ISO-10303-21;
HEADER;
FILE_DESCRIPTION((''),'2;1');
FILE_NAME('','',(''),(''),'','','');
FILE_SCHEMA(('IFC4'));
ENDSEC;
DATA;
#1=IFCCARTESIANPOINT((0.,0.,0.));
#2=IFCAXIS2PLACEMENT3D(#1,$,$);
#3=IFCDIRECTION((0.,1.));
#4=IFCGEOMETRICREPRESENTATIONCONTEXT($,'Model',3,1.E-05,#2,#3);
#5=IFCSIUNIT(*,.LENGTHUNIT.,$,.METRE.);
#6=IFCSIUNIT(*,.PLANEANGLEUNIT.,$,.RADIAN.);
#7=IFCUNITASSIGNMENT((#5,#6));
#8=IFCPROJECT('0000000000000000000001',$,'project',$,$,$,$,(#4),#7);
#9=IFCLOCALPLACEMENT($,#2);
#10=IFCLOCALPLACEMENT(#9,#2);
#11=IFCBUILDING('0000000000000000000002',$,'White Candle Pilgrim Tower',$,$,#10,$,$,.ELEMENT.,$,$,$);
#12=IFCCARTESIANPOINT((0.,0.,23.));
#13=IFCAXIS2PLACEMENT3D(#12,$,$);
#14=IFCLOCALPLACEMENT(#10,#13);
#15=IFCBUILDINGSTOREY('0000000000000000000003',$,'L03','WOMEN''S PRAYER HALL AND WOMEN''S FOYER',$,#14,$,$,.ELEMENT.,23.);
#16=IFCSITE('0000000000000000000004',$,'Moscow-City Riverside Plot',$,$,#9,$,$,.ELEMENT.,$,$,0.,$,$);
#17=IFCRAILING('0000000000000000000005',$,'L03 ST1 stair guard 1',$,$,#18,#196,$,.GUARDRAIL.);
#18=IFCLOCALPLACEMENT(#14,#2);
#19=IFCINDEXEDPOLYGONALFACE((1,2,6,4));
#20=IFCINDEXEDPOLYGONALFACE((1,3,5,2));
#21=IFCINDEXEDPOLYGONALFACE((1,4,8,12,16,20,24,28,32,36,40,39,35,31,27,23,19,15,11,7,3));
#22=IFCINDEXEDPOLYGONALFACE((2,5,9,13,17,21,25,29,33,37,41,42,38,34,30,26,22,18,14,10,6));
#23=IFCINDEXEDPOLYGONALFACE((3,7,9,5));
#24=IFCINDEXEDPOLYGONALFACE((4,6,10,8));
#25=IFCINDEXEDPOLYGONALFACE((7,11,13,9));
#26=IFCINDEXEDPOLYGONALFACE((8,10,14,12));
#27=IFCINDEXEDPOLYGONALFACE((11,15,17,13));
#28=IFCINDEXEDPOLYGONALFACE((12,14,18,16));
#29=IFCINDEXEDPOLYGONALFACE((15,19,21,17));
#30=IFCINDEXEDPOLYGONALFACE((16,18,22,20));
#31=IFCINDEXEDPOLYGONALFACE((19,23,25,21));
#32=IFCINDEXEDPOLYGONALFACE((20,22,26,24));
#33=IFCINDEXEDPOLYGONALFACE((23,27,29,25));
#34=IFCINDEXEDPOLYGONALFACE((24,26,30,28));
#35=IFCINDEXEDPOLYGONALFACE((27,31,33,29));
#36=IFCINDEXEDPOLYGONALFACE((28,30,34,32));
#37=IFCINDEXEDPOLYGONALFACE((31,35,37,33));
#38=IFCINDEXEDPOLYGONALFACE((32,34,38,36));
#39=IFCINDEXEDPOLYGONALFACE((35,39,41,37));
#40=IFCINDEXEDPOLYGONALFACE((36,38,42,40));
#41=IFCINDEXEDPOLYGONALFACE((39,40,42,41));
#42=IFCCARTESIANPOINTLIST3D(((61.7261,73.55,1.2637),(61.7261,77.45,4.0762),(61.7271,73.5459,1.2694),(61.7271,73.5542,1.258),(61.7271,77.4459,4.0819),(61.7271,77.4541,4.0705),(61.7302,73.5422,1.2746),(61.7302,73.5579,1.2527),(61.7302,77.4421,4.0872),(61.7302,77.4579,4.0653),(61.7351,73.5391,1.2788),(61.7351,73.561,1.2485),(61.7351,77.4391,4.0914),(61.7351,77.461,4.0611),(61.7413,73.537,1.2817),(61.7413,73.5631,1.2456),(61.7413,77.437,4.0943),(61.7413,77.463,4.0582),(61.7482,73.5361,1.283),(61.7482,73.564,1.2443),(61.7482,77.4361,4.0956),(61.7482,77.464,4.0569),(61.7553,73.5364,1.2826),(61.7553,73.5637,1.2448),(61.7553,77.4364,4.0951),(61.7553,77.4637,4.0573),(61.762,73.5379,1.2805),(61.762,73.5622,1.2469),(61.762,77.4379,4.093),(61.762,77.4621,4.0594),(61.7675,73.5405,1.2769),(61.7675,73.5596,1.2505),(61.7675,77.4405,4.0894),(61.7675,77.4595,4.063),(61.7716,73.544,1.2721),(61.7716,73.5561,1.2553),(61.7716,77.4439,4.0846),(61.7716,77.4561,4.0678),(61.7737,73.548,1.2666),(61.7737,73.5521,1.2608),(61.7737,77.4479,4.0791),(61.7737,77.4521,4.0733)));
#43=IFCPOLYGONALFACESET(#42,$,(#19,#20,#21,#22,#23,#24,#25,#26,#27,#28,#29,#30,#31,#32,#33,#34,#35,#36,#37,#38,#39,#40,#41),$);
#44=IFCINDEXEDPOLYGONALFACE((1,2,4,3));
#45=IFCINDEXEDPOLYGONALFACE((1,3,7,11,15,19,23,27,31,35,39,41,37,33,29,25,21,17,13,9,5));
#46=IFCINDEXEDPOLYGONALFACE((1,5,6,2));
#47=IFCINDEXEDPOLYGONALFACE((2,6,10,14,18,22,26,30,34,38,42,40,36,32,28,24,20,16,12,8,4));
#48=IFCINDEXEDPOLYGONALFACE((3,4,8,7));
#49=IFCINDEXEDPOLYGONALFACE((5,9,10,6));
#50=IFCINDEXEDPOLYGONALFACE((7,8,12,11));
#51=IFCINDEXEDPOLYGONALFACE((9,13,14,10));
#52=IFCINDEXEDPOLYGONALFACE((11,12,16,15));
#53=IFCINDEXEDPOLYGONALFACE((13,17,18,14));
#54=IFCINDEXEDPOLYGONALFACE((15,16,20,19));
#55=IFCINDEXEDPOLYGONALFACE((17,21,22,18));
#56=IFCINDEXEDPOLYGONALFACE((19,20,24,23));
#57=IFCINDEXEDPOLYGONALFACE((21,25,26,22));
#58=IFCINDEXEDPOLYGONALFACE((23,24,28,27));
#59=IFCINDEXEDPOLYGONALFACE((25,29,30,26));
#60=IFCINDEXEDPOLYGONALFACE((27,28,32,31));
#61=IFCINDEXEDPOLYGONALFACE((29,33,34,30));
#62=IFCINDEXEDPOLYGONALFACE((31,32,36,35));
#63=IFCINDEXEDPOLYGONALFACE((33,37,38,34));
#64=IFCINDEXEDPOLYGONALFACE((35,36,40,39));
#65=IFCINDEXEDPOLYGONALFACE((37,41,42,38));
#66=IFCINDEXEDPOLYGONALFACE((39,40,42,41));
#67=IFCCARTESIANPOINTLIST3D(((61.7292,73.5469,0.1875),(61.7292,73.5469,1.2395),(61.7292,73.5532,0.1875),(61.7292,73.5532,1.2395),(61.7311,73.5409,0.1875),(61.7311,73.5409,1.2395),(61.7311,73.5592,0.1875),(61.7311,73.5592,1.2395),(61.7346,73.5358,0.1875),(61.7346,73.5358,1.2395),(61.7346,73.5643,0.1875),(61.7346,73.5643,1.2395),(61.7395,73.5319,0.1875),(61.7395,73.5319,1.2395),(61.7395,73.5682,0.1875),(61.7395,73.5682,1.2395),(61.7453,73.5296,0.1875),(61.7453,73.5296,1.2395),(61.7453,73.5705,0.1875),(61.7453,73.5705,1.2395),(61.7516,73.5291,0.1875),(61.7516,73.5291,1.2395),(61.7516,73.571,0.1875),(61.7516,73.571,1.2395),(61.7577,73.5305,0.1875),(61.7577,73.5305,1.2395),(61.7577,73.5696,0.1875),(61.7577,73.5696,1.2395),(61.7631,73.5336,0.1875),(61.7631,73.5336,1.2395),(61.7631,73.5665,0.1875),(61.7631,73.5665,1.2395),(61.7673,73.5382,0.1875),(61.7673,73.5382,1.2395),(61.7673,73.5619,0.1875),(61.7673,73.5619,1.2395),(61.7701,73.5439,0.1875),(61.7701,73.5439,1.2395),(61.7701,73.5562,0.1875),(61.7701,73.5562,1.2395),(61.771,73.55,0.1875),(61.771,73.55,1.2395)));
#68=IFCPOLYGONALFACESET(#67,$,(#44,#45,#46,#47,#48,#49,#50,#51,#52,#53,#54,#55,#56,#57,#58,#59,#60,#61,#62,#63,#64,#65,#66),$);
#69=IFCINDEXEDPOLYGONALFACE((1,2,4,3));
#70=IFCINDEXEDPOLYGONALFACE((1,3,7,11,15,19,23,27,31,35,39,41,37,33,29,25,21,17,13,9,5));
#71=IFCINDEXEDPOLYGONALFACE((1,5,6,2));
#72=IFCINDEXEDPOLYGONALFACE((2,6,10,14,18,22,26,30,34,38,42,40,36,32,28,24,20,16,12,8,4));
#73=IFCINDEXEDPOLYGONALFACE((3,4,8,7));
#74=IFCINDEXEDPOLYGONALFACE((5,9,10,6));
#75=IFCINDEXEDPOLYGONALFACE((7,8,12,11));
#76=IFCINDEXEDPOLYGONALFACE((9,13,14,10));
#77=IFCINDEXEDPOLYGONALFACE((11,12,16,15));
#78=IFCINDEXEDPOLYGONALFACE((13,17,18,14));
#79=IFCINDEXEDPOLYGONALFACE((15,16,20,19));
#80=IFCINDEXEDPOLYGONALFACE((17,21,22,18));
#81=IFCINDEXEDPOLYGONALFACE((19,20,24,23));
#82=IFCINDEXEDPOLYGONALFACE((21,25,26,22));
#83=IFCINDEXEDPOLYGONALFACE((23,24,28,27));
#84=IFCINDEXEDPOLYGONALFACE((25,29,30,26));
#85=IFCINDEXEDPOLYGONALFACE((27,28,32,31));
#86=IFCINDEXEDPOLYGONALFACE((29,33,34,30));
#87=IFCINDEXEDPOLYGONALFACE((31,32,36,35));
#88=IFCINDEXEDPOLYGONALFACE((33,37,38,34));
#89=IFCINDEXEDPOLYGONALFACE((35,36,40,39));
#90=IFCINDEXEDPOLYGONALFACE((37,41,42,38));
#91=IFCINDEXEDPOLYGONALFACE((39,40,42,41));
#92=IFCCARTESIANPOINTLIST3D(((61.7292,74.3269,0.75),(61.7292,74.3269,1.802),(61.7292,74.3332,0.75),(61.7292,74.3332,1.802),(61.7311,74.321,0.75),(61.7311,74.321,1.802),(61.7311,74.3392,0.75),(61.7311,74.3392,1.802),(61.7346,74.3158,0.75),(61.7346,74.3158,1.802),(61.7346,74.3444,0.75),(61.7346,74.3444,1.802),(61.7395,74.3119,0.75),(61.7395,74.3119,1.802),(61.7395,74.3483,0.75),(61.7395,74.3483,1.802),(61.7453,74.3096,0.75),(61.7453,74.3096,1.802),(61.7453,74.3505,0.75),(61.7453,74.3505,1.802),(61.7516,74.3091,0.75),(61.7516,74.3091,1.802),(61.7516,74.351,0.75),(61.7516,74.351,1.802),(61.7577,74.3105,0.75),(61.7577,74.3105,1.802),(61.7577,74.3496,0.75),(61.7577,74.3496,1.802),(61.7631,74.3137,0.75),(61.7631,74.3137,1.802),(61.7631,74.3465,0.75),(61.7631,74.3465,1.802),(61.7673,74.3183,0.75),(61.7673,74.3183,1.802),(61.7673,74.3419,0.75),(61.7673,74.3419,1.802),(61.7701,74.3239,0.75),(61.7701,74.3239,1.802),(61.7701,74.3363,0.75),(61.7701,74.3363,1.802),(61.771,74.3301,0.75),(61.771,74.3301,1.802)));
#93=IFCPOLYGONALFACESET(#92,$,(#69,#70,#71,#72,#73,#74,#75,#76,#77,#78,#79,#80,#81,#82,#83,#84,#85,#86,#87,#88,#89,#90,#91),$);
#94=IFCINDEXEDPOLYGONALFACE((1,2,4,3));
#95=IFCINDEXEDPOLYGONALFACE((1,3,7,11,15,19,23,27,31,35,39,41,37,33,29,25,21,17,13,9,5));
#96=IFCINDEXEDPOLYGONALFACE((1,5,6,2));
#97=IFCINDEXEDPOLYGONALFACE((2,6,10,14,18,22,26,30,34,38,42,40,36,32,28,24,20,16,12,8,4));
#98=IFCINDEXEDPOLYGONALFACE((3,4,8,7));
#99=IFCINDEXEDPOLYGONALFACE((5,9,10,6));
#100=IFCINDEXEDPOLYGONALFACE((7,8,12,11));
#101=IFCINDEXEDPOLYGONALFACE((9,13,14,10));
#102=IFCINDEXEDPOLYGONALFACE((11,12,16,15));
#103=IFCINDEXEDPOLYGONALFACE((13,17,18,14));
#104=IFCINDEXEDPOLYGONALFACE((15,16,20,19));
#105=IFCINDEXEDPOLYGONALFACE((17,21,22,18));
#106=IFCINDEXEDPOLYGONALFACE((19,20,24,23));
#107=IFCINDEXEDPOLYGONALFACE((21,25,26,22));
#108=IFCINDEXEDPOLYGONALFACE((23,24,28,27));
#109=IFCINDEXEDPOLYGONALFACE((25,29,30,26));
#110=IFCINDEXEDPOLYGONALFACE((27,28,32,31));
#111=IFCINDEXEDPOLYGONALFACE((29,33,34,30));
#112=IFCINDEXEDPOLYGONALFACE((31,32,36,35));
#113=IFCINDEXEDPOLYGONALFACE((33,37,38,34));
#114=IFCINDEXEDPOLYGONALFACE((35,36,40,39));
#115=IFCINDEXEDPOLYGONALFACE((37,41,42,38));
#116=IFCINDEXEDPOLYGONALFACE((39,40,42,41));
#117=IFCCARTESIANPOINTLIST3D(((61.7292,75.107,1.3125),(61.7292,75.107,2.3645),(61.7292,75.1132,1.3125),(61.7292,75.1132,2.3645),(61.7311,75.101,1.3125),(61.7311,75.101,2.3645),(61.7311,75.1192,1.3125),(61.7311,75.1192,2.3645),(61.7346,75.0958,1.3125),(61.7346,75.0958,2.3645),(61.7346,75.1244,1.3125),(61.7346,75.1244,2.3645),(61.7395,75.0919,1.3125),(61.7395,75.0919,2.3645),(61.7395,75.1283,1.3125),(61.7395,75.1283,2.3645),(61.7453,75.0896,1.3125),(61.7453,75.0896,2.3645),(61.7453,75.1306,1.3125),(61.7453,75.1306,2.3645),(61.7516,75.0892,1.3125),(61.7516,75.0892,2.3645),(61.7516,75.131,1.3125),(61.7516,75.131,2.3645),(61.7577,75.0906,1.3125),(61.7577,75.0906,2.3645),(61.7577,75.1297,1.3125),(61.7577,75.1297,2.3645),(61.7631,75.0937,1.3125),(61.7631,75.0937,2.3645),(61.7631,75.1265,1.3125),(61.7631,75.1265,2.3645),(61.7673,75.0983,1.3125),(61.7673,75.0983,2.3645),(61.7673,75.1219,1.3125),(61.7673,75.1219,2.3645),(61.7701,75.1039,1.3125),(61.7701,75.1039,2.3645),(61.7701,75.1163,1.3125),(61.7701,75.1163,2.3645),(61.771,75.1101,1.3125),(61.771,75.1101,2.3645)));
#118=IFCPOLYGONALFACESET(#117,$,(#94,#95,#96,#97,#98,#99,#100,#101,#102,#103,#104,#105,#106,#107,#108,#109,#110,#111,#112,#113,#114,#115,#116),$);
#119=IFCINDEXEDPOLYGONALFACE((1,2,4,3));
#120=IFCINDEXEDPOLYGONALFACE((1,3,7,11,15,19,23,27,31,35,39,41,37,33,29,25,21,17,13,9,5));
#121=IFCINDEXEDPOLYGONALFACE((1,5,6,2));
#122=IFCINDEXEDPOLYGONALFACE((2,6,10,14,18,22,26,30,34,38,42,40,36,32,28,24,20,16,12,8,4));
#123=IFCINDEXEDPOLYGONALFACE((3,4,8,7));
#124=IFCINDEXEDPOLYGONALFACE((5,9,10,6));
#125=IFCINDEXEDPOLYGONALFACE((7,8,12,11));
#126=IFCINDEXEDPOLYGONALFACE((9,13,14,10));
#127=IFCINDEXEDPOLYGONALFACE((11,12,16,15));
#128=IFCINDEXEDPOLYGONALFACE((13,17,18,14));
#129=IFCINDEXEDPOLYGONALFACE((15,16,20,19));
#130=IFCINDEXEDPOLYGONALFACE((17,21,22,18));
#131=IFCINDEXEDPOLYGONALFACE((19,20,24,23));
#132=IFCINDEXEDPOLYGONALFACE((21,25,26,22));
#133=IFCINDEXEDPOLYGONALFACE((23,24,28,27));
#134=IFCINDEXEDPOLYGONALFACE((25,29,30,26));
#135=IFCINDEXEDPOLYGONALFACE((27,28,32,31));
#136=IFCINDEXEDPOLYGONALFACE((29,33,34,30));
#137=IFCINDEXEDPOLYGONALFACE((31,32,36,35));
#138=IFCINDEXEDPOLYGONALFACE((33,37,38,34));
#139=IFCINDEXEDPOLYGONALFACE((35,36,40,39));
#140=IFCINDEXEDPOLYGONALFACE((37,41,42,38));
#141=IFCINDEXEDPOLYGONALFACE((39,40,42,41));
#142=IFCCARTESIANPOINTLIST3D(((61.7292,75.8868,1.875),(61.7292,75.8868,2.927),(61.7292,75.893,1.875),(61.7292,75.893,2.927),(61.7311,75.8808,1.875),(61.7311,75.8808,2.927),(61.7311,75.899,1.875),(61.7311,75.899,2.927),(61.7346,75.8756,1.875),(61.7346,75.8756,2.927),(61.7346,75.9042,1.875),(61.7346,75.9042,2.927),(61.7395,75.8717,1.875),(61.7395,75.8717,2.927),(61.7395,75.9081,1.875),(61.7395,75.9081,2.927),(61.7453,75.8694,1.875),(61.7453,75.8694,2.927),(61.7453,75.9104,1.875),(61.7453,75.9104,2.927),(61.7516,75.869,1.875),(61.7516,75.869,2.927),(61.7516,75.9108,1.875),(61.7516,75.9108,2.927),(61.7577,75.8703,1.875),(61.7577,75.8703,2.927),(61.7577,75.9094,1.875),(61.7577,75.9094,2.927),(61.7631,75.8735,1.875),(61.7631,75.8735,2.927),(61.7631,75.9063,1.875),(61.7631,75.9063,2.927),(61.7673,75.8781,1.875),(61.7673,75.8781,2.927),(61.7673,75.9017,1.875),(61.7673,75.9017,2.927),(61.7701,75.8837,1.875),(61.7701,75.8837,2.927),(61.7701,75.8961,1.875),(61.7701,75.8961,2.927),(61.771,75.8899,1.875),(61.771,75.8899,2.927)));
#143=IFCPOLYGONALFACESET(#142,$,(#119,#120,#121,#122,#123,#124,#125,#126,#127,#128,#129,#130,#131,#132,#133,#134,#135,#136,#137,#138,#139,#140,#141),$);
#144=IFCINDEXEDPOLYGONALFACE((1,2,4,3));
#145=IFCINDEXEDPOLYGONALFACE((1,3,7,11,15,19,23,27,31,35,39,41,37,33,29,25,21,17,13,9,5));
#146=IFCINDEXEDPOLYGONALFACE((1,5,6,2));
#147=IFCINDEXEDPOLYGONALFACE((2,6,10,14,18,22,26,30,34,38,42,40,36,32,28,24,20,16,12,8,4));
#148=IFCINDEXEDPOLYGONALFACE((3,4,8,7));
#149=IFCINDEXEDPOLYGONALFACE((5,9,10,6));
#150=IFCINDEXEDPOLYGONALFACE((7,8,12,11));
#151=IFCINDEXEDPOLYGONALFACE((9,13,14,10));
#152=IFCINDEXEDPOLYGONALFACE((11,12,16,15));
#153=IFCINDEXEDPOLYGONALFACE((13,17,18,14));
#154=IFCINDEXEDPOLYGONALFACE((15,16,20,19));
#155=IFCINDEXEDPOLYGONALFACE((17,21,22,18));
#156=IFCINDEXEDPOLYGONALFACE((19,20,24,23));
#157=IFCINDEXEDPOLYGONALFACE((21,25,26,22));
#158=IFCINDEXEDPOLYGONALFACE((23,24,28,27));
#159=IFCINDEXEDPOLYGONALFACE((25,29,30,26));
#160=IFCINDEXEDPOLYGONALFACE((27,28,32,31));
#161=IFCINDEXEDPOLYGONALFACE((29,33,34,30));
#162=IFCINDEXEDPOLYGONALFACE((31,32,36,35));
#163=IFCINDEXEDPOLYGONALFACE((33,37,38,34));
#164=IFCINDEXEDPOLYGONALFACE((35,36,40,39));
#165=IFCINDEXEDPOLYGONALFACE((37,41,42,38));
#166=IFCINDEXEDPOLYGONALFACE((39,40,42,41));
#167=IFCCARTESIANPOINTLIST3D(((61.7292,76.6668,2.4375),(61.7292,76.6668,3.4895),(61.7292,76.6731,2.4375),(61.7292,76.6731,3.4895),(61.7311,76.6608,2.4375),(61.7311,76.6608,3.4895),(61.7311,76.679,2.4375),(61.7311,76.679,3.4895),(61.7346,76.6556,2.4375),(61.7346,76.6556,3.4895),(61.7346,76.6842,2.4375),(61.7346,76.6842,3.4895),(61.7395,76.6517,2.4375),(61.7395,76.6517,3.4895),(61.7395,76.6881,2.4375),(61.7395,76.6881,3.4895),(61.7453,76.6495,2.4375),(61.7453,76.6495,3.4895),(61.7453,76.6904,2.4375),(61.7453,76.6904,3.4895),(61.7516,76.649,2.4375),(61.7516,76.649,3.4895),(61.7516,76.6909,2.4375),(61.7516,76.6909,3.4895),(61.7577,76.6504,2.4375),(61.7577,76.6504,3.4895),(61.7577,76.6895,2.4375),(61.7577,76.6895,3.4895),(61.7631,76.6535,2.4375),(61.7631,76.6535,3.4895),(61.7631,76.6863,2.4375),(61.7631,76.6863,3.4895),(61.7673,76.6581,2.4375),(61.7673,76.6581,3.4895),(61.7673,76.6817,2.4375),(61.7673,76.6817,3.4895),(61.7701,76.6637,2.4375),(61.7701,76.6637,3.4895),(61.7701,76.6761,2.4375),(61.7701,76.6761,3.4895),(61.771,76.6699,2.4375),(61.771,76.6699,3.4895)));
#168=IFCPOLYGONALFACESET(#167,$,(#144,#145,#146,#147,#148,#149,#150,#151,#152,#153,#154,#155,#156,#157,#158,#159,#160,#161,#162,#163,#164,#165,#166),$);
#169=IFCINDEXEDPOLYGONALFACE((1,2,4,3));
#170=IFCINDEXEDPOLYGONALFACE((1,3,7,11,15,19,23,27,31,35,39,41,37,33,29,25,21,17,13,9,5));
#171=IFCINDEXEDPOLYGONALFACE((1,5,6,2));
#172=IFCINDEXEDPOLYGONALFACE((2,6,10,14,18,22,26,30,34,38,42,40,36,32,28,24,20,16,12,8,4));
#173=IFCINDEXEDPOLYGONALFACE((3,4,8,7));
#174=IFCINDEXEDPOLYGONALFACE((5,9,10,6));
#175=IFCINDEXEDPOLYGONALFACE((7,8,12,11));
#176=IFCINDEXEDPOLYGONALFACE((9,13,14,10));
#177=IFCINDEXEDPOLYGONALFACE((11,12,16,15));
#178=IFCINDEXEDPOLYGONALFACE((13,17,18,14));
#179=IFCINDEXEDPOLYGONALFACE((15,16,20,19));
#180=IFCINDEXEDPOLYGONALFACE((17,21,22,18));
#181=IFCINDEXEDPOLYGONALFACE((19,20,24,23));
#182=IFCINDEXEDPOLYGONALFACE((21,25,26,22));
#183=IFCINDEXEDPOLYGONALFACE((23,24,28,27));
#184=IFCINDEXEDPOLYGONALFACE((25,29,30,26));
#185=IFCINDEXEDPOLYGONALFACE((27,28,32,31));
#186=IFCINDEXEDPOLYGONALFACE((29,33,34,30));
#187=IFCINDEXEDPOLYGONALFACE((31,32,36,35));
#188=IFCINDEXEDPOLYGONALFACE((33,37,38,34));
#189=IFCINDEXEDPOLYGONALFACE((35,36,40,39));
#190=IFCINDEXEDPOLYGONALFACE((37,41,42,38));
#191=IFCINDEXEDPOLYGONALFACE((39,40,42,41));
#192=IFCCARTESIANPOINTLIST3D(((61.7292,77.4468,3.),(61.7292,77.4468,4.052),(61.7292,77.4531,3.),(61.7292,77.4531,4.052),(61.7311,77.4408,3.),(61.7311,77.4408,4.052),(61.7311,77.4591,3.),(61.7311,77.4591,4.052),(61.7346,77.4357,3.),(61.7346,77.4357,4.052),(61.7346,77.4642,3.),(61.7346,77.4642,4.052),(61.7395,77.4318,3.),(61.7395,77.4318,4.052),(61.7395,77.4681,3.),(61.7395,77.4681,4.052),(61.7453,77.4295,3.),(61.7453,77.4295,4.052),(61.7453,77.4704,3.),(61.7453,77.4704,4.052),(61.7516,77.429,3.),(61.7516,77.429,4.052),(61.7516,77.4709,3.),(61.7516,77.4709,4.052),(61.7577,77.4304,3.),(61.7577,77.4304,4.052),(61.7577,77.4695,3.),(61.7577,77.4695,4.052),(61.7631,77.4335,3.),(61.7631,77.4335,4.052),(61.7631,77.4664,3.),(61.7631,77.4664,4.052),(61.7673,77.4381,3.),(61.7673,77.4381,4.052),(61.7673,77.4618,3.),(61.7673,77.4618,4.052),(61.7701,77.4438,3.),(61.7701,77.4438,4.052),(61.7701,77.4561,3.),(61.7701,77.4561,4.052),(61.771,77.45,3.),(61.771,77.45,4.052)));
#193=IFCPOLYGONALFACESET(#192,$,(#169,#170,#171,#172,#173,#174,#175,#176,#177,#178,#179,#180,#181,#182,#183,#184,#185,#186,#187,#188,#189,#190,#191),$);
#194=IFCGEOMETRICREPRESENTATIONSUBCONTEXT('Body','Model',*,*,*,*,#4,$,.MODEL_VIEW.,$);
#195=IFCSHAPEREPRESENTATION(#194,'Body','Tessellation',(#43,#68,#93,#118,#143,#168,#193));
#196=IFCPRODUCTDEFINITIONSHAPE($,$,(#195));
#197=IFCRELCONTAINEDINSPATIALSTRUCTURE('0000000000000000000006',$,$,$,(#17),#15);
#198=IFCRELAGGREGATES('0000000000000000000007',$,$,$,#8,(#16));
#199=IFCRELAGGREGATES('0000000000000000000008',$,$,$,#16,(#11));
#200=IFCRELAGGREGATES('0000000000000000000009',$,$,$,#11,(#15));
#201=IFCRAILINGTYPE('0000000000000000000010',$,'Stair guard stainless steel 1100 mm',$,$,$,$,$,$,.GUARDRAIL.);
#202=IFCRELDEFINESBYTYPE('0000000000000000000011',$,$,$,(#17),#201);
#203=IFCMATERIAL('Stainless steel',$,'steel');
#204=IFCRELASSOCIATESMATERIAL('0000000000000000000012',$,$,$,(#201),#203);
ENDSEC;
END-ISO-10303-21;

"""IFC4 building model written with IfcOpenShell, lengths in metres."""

from ifc_helpers import new_model, si_unit, direction, frame, origin, origin_2d, place, context, subcontext, project, spatial, circle, extrude, material, type_object, element, save


model = new_model("IFC4")

# Units and contexts
model_context = context("Model", 3, precision=1e-05, world=origin(), true_north=direction((0.0, 1.0)))
body_context = subcontext(model_context, "Body", "Model", "MODEL_VIEW")
ifc_project = project(units=[si_unit("LENGTHUNIT", "METRE"), si_unit("PLANEANGLEUNIT", "RADIAN")], contexts=[model_context])

# Site, building, storey
site_placement = place(None, origin())
site = spatial("IfcSite", under=ifc_project, at=site_placement, Name="Moscow-City Riverside Plot", CompositionType="ELEMENT", RefElevation=0.0)
building_placement = place(site_placement, origin())
building = spatial("IfcBuilding", under=site, at=building_placement, Name="White Candle Pilgrim Tower", CompositionType="ELEMENT")
storey_placement = place(building_placement, frame((0.0, 0.0, 23.0)))
storey = spatial("IfcBuildingStorey", under=building, at=storey_placement, Name="L03", Description="WOMEN'S PRAYER HALL AND WOMEN'S FOYER", CompositionType="ELEMENT", Elevation=23.0)

# Shared definitions
ifc_material_1 = material(Name="Stainless steel", Category="steel")

# Railing
railing_type_1 = type_object("IfcRailingType", Name="Stair guard stainless steel 1100 mm", PredefinedType="GUARDRAIL", material=ifc_material_1)
railing_1_placement = place(storey_placement, frame((61.75, 73.55, 0.1875)))
element("IfcRailing", 1, at=railing_1_placement, inside=storey, type_object=railing_type_1, Name="L03 ST1 stair guard 1", PredefinedType="GUARDRAIL", context=body_context, shape_type="SweptSolid", body=[
    extrude(circle(Radius=0.0239, at=origin_2d()), frame((0.0, 0.0, 1.0762), z_axis=(0.0, 0.811083, 0.584931), x_axis=(-1.0, 0.0, 0.0)), (0.0, 0.0, 1.0), 4.8083),
    extrude(circle(Radius=0.021, at=origin_2d()), origin(), (0.0, 0.0, 1.0), 1.052),
    extrude(circle(Radius=0.021, at=origin_2d()), frame((0.0, 0.78, 0.5625)), (0.0, 0.0, 1.0), 1.052),
    extrude(circle(Radius=0.021, at=origin_2d()), frame((0.0, 1.5601, 1.125)), (0.0, 0.0, 1.0), 1.052),
    extrude(circle(Radius=0.021, at=origin_2d()), frame((0.0, 2.3398, 1.6875)), (0.0, 0.0, 1.0), 1.052),
    extrude(circle(Radius=0.021, at=origin_2d()), frame((0.0, 3.1199, 2.25)), (0.0, 0.0, 1.0), 1.052),
    extrude(circle(Radius=0.021, at=origin_2d()), frame((0.0, 3.8999, 2.8125)), (0.0, 0.0, 1.0), 1.052),
])

save(model, "model.ifc")
